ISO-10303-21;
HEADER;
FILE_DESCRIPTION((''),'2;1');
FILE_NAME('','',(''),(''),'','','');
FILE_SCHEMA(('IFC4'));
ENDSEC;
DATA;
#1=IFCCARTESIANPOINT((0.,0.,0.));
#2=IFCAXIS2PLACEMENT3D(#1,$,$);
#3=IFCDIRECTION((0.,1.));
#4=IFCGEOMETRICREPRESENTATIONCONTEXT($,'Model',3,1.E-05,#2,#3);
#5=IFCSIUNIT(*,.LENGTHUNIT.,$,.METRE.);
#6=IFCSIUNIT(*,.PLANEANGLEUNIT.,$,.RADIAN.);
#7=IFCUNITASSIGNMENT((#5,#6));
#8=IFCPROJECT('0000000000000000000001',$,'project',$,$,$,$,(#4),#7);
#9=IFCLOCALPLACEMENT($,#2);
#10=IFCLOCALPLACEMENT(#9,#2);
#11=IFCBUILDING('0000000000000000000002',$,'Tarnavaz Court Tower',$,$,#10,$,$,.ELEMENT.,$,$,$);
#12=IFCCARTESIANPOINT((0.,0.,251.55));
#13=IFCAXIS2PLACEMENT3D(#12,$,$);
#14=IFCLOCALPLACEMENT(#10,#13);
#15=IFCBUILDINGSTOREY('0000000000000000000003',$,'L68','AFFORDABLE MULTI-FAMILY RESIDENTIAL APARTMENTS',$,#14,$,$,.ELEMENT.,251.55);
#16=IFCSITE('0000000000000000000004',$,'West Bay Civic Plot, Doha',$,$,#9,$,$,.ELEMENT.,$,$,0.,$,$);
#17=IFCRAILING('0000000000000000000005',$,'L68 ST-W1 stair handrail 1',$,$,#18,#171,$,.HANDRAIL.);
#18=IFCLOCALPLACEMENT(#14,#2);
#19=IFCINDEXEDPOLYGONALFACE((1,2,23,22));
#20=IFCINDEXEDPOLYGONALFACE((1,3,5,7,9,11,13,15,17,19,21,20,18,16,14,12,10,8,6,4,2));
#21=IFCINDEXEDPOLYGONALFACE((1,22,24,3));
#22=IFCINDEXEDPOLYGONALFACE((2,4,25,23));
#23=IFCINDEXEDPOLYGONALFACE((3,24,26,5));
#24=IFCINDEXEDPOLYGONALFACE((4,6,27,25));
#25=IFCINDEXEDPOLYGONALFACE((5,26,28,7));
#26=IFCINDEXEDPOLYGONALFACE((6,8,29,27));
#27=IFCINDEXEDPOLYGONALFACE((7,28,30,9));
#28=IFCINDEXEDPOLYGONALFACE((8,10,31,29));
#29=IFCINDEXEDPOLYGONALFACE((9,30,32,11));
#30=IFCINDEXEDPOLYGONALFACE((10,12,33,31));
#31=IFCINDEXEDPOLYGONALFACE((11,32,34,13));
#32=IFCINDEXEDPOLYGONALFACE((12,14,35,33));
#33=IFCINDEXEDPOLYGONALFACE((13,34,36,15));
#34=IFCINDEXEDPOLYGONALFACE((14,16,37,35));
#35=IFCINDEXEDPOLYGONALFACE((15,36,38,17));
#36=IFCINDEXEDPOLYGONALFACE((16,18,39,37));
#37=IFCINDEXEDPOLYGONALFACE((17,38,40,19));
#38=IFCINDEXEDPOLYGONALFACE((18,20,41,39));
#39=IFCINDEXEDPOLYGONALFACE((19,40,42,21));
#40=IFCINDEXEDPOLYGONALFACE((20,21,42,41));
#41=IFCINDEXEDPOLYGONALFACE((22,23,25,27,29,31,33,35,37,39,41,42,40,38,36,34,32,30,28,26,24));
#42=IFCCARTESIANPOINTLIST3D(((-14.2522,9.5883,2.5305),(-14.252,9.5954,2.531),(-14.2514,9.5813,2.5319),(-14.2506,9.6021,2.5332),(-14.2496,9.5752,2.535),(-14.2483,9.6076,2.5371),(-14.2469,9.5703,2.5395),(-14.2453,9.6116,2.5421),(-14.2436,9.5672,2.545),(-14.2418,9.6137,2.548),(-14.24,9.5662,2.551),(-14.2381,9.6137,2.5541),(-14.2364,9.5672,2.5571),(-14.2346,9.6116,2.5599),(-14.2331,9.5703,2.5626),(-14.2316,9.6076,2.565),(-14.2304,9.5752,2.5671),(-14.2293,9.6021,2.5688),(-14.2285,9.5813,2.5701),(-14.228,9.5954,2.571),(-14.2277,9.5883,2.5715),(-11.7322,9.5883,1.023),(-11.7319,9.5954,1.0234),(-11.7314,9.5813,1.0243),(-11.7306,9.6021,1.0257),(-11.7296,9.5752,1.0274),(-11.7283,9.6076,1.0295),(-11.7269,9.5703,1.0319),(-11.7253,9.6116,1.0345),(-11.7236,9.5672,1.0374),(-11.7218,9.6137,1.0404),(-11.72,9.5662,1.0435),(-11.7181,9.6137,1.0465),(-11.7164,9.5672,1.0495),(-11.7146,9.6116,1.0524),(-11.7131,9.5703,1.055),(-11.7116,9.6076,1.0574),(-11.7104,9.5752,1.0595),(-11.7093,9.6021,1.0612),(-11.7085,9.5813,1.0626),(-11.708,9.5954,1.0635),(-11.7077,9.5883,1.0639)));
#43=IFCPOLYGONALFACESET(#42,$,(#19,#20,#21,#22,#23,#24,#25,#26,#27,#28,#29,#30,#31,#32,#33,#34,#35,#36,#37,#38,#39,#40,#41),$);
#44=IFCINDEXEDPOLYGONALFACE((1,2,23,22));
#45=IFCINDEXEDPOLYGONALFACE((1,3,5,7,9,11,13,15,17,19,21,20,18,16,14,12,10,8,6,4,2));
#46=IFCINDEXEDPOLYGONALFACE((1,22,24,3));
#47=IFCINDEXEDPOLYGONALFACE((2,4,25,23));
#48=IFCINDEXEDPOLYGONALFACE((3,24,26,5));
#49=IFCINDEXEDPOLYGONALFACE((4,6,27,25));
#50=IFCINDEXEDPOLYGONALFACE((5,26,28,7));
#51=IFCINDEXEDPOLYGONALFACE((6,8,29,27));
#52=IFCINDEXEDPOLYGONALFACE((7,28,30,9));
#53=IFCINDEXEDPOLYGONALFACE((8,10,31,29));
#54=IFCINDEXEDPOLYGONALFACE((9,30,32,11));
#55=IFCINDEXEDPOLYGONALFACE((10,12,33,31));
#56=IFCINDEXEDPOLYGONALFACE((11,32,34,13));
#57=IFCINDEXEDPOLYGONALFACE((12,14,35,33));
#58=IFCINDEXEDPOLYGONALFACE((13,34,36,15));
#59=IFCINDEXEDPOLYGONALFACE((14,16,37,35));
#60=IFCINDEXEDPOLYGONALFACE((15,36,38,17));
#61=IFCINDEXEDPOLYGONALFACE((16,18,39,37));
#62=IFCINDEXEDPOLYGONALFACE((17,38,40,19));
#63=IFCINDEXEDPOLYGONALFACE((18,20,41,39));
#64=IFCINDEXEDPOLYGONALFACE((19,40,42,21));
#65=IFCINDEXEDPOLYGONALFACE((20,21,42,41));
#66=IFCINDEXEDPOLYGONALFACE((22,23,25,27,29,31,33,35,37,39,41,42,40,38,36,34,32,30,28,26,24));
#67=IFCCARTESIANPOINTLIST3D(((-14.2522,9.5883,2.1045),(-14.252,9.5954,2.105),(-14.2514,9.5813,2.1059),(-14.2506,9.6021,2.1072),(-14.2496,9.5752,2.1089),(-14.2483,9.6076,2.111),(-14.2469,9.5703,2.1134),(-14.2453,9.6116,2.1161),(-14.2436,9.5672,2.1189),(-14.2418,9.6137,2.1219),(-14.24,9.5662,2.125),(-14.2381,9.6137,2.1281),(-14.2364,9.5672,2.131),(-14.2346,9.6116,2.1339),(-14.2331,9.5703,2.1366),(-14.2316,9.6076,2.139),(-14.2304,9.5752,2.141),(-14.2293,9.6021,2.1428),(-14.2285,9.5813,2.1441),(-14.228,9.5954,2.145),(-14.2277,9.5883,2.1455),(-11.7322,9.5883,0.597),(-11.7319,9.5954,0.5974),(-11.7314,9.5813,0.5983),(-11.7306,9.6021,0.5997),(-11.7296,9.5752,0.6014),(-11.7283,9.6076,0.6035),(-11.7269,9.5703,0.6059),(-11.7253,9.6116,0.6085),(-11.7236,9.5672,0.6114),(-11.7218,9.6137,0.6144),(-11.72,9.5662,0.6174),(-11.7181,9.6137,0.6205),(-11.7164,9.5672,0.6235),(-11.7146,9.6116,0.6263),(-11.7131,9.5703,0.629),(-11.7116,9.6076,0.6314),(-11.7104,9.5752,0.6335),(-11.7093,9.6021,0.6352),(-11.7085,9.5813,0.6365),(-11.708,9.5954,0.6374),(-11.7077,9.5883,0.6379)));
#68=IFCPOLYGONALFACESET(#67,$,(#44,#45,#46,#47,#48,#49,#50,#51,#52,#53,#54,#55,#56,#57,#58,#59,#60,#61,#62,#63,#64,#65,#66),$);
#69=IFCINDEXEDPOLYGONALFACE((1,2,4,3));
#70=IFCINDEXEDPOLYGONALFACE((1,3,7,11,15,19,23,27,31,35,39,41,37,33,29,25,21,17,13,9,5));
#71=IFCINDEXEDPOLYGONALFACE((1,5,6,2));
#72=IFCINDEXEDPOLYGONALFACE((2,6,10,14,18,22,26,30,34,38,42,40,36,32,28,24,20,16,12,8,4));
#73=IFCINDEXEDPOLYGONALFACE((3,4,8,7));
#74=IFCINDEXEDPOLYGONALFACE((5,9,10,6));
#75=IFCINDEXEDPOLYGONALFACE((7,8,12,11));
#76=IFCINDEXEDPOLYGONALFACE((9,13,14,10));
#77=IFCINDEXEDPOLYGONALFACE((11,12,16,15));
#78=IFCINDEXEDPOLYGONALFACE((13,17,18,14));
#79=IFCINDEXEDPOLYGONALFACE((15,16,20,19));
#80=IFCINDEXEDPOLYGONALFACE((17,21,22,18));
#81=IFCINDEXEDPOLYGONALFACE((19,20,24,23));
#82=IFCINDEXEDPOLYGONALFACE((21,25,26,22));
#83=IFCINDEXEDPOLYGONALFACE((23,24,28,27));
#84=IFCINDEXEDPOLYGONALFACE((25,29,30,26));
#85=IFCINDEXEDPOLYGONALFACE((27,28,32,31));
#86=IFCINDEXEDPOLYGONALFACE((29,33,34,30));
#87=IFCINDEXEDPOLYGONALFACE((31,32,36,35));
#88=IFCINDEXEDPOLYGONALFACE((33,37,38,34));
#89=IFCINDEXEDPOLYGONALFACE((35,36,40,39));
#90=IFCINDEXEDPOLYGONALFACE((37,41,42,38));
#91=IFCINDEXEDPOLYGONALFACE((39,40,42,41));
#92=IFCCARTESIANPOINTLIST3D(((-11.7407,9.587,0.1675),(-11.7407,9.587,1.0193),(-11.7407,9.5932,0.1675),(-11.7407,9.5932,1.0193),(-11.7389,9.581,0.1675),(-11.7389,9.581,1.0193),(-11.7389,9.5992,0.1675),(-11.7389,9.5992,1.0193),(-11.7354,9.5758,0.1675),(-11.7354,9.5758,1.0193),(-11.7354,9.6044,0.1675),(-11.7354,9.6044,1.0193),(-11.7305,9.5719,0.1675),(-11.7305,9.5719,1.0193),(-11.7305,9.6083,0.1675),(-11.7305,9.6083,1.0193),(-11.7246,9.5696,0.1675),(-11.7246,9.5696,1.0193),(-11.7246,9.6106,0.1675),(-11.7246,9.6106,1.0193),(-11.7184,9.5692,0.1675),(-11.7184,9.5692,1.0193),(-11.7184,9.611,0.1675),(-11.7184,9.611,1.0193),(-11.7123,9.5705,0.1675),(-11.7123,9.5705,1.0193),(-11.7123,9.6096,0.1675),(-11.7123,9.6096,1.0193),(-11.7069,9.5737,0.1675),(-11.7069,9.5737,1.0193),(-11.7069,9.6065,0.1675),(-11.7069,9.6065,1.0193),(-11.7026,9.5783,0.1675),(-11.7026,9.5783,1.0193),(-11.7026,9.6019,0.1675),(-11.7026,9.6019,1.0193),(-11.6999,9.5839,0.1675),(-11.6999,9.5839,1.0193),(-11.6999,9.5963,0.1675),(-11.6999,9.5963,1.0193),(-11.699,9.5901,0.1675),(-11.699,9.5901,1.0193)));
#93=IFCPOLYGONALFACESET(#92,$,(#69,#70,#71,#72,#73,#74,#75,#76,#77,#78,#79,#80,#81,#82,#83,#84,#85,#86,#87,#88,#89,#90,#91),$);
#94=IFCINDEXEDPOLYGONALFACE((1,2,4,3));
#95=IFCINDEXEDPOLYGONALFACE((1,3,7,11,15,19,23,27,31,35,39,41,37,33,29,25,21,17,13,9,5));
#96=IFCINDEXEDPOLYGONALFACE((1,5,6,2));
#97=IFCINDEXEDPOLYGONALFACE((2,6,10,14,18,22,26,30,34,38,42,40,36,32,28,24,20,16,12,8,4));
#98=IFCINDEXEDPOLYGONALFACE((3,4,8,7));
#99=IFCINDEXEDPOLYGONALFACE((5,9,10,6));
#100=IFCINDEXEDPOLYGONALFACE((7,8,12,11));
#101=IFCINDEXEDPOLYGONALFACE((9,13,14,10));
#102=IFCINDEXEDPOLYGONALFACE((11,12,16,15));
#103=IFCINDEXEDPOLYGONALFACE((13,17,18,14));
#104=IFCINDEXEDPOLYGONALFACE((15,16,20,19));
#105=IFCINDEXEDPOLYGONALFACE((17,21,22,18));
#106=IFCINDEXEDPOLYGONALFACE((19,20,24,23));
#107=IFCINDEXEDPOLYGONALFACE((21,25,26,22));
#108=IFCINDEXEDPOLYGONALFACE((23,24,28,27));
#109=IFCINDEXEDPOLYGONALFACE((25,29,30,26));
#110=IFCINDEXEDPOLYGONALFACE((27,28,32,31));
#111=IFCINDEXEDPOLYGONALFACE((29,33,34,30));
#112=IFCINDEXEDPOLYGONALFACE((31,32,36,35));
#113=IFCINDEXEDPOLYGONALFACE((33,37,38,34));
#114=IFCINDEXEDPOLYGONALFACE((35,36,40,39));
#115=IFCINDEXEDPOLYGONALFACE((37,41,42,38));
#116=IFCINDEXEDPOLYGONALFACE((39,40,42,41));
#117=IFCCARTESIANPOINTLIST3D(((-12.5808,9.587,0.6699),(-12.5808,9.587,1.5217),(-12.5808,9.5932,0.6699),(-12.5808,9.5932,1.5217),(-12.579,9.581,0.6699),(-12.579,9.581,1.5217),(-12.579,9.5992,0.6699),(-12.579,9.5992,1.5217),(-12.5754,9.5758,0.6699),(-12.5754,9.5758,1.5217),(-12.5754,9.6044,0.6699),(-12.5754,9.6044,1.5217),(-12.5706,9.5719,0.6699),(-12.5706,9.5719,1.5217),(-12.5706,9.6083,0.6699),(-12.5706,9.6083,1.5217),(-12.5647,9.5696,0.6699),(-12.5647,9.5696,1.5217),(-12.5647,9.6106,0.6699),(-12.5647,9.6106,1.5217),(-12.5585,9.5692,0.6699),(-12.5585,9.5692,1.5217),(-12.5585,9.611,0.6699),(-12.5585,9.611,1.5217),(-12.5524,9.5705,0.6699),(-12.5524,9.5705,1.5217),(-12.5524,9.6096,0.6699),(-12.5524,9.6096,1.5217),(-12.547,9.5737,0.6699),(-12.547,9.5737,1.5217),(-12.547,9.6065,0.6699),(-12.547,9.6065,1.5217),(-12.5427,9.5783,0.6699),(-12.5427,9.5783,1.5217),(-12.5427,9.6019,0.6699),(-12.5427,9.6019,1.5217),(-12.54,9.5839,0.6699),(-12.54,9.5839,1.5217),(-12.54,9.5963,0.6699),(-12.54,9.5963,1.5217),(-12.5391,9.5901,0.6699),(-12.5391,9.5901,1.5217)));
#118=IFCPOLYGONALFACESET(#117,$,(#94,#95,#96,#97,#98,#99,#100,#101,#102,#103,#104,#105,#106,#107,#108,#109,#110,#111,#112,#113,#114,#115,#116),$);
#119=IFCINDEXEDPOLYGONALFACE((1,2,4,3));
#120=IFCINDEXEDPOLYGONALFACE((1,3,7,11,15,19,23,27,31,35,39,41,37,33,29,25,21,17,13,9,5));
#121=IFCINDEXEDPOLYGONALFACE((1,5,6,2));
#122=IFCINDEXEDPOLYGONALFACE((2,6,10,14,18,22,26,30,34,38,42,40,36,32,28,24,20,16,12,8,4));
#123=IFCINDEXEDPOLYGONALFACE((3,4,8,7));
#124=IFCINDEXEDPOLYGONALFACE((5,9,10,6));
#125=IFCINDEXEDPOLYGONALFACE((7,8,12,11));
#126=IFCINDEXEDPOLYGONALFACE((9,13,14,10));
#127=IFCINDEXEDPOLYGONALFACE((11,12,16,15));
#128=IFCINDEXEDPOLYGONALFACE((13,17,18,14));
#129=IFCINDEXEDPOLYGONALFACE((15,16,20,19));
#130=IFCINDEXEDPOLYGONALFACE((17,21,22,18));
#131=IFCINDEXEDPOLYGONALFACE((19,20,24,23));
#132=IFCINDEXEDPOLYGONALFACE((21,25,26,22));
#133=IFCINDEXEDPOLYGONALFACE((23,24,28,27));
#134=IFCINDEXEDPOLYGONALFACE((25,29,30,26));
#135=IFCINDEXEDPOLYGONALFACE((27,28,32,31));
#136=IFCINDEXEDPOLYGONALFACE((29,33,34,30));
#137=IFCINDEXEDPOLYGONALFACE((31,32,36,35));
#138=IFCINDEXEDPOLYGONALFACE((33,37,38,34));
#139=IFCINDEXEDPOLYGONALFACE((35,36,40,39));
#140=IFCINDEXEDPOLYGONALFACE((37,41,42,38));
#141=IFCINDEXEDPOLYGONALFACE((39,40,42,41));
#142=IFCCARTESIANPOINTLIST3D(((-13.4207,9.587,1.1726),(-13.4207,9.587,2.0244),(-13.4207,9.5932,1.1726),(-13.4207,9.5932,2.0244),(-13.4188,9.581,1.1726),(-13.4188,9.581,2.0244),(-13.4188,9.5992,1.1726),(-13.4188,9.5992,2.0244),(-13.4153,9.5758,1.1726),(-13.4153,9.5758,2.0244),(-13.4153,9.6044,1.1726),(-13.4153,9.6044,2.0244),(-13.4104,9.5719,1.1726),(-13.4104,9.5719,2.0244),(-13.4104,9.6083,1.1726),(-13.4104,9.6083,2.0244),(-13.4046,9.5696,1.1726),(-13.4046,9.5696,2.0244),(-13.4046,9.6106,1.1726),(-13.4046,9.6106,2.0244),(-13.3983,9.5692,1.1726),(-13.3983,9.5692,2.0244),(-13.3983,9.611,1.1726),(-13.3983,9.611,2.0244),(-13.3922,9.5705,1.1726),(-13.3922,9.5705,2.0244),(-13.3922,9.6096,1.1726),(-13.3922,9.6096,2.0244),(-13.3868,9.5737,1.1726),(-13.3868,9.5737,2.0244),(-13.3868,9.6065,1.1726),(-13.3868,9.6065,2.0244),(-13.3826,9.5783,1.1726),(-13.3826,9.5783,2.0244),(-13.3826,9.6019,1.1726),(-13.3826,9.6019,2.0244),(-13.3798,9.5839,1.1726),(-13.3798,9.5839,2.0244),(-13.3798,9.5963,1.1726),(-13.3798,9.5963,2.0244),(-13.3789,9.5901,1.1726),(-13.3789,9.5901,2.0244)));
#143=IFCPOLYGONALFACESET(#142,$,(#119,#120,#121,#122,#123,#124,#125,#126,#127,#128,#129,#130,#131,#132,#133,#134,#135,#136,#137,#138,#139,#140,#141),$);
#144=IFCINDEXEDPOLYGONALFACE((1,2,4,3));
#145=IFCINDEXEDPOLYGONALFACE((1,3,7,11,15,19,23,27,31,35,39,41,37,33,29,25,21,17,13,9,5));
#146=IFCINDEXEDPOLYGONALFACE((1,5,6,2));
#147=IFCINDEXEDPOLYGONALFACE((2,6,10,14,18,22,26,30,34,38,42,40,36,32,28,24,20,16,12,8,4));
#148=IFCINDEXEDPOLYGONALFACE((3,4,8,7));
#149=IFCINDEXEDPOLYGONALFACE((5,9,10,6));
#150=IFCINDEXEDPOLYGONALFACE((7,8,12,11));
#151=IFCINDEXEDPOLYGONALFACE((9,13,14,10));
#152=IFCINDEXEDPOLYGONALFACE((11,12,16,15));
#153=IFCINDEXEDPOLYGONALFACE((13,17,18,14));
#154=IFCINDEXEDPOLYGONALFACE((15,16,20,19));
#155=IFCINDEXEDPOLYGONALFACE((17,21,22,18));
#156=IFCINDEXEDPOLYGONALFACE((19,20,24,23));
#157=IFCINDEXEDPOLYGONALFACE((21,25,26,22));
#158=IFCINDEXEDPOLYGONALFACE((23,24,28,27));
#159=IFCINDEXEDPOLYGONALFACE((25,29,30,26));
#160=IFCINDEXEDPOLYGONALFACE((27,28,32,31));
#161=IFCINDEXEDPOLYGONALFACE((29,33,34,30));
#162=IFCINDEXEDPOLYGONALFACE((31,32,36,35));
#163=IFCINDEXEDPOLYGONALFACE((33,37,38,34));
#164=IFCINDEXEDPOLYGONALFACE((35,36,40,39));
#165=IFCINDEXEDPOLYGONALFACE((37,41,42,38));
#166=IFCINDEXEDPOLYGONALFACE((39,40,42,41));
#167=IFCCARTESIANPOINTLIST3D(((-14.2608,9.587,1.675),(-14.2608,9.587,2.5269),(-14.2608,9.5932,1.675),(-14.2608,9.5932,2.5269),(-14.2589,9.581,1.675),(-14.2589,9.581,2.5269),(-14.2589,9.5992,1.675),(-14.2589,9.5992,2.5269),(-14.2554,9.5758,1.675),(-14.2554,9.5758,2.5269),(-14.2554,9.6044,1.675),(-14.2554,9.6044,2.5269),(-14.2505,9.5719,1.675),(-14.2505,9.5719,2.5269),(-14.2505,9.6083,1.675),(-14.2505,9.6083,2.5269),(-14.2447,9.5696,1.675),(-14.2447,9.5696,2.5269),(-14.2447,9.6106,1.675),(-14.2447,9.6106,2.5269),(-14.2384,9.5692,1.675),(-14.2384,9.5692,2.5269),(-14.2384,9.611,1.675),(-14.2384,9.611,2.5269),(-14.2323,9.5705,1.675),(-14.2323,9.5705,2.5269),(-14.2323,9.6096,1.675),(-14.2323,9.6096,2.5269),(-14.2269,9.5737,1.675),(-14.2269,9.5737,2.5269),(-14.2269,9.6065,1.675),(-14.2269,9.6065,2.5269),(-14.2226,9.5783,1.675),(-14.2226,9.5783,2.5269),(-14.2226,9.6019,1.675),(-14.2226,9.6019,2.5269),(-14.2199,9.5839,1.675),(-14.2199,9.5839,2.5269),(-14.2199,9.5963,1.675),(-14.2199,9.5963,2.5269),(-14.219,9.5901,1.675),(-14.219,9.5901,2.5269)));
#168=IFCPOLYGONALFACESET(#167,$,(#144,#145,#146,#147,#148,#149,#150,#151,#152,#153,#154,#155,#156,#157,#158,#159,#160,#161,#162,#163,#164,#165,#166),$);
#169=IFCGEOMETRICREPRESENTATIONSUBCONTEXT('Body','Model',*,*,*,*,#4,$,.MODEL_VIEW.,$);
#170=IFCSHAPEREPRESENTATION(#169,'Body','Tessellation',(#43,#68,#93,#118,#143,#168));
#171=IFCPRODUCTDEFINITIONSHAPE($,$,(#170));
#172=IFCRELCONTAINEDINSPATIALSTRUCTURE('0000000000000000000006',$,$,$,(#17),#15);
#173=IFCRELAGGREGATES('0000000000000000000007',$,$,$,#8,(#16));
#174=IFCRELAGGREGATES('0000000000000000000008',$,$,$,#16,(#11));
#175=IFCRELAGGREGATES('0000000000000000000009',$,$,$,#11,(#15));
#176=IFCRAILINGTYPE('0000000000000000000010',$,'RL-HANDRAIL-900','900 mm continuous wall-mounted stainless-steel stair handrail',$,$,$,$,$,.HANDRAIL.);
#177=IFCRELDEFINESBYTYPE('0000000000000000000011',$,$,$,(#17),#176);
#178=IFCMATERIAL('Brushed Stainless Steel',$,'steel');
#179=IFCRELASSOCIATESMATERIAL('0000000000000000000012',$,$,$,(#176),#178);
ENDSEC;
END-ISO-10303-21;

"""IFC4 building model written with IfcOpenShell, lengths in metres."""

from ifc_helpers import new_model, si_unit, direction, frame, origin, origin_2d, place, context, subcontext, project, spatial, circle, extrude, material, type_object, element, save


model = new_model("IFC4")

# Units and contexts
model_context = context("Model", 3, precision=1e-05, world=origin(), true_north=direction((0.0, 1.0)))
body_context = subcontext(model_context, "Body", "Model", "MODEL_VIEW")
ifc_project = project(units=[si_unit("LENGTHUNIT", "METRE"), si_unit("PLANEANGLEUNIT", "RADIAN")], contexts=[model_context])

# Site, building, storey
site_placement = place(None, origin())
site = spatial("IfcSite", under=ifc_project, at=site_placement, Name="West Bay Civic Plot, Doha", CompositionType="ELEMENT", RefElevation=0.0)
building_placement = place(site_placement, origin())
building = spatial("IfcBuilding", under=site, at=building_placement, Name="Tarnavaz Court Tower", CompositionType="ELEMENT")
storey_placement = place(building_placement, frame((0.0, 0.0, 251.55)))
storey = spatial("IfcBuildingStorey", under=building, at=storey_placement, Name="L68", Description="AFFORDABLE MULTI-FAMILY RESIDENTIAL APARTMENTS", CompositionType="ELEMENT", Elevation=251.55)

# Railing
ifc_material_1 = material(Name="Brushed Stainless Steel", Category="steel")
railing_type_1 = type_object("IfcRailingType", Name="RL-HANDRAIL-900", Description="900 mm continuous wall-mounted stainless-steel stair handrail", PredefinedType="HANDRAIL", material=ifc_material_1)
railing_1_placement = place(storey_placement, frame((-11.72, 9.5901, 0.1675)))
element("IfcRailing", 1, at=railing_1_placement, inside=storey, type_object=railing_type_1, Name="L68 ST-W1 stair handrail 1", PredefinedType="HANDRAIL", context=body_context, shape_type="SweptSolid", body=[
    extrude(circle(Radius=0.0239, at=origin_2d()), frame((0.0, 0.0, 0.876), z_axis=(-0.85816, 0.0, 0.513383), x_axis=(0.0, -1.0, 0.0)), (0.0, 0.0, 1.0), 2.9365),
    extrude(circle(Radius=0.0239, at=origin_2d()), frame((0.0, 0.0, 0.45), z_axis=(-0.85816, 0.0, 0.513383), x_axis=(0.0, -1.0, 0.0)), (0.0, 0.0, 1.0), 2.9365),
    extrude(circle(Radius=0.021, at=origin_2d()), origin(), (0.0, 0.0, 1.0), 0.8518),
    extrude(circle(Radius=0.021, at=origin_2d()), frame((-0.8401, 0.0, 0.5024)), (0.0, 0.0, 1.0), 0.8518),
    extrude(circle(Radius=0.021, at=origin_2d()), frame((-1.6799, 0.0, 1.0051)), (0.0, 0.0, 1.0), 0.8518),
    extrude(circle(Radius=0.021, at=origin_2d()), frame((-2.52, 0.0, 1.5076)), (0.0, 0.0, 1.0), 0.8518),
])

save(model, "model.ifc")
